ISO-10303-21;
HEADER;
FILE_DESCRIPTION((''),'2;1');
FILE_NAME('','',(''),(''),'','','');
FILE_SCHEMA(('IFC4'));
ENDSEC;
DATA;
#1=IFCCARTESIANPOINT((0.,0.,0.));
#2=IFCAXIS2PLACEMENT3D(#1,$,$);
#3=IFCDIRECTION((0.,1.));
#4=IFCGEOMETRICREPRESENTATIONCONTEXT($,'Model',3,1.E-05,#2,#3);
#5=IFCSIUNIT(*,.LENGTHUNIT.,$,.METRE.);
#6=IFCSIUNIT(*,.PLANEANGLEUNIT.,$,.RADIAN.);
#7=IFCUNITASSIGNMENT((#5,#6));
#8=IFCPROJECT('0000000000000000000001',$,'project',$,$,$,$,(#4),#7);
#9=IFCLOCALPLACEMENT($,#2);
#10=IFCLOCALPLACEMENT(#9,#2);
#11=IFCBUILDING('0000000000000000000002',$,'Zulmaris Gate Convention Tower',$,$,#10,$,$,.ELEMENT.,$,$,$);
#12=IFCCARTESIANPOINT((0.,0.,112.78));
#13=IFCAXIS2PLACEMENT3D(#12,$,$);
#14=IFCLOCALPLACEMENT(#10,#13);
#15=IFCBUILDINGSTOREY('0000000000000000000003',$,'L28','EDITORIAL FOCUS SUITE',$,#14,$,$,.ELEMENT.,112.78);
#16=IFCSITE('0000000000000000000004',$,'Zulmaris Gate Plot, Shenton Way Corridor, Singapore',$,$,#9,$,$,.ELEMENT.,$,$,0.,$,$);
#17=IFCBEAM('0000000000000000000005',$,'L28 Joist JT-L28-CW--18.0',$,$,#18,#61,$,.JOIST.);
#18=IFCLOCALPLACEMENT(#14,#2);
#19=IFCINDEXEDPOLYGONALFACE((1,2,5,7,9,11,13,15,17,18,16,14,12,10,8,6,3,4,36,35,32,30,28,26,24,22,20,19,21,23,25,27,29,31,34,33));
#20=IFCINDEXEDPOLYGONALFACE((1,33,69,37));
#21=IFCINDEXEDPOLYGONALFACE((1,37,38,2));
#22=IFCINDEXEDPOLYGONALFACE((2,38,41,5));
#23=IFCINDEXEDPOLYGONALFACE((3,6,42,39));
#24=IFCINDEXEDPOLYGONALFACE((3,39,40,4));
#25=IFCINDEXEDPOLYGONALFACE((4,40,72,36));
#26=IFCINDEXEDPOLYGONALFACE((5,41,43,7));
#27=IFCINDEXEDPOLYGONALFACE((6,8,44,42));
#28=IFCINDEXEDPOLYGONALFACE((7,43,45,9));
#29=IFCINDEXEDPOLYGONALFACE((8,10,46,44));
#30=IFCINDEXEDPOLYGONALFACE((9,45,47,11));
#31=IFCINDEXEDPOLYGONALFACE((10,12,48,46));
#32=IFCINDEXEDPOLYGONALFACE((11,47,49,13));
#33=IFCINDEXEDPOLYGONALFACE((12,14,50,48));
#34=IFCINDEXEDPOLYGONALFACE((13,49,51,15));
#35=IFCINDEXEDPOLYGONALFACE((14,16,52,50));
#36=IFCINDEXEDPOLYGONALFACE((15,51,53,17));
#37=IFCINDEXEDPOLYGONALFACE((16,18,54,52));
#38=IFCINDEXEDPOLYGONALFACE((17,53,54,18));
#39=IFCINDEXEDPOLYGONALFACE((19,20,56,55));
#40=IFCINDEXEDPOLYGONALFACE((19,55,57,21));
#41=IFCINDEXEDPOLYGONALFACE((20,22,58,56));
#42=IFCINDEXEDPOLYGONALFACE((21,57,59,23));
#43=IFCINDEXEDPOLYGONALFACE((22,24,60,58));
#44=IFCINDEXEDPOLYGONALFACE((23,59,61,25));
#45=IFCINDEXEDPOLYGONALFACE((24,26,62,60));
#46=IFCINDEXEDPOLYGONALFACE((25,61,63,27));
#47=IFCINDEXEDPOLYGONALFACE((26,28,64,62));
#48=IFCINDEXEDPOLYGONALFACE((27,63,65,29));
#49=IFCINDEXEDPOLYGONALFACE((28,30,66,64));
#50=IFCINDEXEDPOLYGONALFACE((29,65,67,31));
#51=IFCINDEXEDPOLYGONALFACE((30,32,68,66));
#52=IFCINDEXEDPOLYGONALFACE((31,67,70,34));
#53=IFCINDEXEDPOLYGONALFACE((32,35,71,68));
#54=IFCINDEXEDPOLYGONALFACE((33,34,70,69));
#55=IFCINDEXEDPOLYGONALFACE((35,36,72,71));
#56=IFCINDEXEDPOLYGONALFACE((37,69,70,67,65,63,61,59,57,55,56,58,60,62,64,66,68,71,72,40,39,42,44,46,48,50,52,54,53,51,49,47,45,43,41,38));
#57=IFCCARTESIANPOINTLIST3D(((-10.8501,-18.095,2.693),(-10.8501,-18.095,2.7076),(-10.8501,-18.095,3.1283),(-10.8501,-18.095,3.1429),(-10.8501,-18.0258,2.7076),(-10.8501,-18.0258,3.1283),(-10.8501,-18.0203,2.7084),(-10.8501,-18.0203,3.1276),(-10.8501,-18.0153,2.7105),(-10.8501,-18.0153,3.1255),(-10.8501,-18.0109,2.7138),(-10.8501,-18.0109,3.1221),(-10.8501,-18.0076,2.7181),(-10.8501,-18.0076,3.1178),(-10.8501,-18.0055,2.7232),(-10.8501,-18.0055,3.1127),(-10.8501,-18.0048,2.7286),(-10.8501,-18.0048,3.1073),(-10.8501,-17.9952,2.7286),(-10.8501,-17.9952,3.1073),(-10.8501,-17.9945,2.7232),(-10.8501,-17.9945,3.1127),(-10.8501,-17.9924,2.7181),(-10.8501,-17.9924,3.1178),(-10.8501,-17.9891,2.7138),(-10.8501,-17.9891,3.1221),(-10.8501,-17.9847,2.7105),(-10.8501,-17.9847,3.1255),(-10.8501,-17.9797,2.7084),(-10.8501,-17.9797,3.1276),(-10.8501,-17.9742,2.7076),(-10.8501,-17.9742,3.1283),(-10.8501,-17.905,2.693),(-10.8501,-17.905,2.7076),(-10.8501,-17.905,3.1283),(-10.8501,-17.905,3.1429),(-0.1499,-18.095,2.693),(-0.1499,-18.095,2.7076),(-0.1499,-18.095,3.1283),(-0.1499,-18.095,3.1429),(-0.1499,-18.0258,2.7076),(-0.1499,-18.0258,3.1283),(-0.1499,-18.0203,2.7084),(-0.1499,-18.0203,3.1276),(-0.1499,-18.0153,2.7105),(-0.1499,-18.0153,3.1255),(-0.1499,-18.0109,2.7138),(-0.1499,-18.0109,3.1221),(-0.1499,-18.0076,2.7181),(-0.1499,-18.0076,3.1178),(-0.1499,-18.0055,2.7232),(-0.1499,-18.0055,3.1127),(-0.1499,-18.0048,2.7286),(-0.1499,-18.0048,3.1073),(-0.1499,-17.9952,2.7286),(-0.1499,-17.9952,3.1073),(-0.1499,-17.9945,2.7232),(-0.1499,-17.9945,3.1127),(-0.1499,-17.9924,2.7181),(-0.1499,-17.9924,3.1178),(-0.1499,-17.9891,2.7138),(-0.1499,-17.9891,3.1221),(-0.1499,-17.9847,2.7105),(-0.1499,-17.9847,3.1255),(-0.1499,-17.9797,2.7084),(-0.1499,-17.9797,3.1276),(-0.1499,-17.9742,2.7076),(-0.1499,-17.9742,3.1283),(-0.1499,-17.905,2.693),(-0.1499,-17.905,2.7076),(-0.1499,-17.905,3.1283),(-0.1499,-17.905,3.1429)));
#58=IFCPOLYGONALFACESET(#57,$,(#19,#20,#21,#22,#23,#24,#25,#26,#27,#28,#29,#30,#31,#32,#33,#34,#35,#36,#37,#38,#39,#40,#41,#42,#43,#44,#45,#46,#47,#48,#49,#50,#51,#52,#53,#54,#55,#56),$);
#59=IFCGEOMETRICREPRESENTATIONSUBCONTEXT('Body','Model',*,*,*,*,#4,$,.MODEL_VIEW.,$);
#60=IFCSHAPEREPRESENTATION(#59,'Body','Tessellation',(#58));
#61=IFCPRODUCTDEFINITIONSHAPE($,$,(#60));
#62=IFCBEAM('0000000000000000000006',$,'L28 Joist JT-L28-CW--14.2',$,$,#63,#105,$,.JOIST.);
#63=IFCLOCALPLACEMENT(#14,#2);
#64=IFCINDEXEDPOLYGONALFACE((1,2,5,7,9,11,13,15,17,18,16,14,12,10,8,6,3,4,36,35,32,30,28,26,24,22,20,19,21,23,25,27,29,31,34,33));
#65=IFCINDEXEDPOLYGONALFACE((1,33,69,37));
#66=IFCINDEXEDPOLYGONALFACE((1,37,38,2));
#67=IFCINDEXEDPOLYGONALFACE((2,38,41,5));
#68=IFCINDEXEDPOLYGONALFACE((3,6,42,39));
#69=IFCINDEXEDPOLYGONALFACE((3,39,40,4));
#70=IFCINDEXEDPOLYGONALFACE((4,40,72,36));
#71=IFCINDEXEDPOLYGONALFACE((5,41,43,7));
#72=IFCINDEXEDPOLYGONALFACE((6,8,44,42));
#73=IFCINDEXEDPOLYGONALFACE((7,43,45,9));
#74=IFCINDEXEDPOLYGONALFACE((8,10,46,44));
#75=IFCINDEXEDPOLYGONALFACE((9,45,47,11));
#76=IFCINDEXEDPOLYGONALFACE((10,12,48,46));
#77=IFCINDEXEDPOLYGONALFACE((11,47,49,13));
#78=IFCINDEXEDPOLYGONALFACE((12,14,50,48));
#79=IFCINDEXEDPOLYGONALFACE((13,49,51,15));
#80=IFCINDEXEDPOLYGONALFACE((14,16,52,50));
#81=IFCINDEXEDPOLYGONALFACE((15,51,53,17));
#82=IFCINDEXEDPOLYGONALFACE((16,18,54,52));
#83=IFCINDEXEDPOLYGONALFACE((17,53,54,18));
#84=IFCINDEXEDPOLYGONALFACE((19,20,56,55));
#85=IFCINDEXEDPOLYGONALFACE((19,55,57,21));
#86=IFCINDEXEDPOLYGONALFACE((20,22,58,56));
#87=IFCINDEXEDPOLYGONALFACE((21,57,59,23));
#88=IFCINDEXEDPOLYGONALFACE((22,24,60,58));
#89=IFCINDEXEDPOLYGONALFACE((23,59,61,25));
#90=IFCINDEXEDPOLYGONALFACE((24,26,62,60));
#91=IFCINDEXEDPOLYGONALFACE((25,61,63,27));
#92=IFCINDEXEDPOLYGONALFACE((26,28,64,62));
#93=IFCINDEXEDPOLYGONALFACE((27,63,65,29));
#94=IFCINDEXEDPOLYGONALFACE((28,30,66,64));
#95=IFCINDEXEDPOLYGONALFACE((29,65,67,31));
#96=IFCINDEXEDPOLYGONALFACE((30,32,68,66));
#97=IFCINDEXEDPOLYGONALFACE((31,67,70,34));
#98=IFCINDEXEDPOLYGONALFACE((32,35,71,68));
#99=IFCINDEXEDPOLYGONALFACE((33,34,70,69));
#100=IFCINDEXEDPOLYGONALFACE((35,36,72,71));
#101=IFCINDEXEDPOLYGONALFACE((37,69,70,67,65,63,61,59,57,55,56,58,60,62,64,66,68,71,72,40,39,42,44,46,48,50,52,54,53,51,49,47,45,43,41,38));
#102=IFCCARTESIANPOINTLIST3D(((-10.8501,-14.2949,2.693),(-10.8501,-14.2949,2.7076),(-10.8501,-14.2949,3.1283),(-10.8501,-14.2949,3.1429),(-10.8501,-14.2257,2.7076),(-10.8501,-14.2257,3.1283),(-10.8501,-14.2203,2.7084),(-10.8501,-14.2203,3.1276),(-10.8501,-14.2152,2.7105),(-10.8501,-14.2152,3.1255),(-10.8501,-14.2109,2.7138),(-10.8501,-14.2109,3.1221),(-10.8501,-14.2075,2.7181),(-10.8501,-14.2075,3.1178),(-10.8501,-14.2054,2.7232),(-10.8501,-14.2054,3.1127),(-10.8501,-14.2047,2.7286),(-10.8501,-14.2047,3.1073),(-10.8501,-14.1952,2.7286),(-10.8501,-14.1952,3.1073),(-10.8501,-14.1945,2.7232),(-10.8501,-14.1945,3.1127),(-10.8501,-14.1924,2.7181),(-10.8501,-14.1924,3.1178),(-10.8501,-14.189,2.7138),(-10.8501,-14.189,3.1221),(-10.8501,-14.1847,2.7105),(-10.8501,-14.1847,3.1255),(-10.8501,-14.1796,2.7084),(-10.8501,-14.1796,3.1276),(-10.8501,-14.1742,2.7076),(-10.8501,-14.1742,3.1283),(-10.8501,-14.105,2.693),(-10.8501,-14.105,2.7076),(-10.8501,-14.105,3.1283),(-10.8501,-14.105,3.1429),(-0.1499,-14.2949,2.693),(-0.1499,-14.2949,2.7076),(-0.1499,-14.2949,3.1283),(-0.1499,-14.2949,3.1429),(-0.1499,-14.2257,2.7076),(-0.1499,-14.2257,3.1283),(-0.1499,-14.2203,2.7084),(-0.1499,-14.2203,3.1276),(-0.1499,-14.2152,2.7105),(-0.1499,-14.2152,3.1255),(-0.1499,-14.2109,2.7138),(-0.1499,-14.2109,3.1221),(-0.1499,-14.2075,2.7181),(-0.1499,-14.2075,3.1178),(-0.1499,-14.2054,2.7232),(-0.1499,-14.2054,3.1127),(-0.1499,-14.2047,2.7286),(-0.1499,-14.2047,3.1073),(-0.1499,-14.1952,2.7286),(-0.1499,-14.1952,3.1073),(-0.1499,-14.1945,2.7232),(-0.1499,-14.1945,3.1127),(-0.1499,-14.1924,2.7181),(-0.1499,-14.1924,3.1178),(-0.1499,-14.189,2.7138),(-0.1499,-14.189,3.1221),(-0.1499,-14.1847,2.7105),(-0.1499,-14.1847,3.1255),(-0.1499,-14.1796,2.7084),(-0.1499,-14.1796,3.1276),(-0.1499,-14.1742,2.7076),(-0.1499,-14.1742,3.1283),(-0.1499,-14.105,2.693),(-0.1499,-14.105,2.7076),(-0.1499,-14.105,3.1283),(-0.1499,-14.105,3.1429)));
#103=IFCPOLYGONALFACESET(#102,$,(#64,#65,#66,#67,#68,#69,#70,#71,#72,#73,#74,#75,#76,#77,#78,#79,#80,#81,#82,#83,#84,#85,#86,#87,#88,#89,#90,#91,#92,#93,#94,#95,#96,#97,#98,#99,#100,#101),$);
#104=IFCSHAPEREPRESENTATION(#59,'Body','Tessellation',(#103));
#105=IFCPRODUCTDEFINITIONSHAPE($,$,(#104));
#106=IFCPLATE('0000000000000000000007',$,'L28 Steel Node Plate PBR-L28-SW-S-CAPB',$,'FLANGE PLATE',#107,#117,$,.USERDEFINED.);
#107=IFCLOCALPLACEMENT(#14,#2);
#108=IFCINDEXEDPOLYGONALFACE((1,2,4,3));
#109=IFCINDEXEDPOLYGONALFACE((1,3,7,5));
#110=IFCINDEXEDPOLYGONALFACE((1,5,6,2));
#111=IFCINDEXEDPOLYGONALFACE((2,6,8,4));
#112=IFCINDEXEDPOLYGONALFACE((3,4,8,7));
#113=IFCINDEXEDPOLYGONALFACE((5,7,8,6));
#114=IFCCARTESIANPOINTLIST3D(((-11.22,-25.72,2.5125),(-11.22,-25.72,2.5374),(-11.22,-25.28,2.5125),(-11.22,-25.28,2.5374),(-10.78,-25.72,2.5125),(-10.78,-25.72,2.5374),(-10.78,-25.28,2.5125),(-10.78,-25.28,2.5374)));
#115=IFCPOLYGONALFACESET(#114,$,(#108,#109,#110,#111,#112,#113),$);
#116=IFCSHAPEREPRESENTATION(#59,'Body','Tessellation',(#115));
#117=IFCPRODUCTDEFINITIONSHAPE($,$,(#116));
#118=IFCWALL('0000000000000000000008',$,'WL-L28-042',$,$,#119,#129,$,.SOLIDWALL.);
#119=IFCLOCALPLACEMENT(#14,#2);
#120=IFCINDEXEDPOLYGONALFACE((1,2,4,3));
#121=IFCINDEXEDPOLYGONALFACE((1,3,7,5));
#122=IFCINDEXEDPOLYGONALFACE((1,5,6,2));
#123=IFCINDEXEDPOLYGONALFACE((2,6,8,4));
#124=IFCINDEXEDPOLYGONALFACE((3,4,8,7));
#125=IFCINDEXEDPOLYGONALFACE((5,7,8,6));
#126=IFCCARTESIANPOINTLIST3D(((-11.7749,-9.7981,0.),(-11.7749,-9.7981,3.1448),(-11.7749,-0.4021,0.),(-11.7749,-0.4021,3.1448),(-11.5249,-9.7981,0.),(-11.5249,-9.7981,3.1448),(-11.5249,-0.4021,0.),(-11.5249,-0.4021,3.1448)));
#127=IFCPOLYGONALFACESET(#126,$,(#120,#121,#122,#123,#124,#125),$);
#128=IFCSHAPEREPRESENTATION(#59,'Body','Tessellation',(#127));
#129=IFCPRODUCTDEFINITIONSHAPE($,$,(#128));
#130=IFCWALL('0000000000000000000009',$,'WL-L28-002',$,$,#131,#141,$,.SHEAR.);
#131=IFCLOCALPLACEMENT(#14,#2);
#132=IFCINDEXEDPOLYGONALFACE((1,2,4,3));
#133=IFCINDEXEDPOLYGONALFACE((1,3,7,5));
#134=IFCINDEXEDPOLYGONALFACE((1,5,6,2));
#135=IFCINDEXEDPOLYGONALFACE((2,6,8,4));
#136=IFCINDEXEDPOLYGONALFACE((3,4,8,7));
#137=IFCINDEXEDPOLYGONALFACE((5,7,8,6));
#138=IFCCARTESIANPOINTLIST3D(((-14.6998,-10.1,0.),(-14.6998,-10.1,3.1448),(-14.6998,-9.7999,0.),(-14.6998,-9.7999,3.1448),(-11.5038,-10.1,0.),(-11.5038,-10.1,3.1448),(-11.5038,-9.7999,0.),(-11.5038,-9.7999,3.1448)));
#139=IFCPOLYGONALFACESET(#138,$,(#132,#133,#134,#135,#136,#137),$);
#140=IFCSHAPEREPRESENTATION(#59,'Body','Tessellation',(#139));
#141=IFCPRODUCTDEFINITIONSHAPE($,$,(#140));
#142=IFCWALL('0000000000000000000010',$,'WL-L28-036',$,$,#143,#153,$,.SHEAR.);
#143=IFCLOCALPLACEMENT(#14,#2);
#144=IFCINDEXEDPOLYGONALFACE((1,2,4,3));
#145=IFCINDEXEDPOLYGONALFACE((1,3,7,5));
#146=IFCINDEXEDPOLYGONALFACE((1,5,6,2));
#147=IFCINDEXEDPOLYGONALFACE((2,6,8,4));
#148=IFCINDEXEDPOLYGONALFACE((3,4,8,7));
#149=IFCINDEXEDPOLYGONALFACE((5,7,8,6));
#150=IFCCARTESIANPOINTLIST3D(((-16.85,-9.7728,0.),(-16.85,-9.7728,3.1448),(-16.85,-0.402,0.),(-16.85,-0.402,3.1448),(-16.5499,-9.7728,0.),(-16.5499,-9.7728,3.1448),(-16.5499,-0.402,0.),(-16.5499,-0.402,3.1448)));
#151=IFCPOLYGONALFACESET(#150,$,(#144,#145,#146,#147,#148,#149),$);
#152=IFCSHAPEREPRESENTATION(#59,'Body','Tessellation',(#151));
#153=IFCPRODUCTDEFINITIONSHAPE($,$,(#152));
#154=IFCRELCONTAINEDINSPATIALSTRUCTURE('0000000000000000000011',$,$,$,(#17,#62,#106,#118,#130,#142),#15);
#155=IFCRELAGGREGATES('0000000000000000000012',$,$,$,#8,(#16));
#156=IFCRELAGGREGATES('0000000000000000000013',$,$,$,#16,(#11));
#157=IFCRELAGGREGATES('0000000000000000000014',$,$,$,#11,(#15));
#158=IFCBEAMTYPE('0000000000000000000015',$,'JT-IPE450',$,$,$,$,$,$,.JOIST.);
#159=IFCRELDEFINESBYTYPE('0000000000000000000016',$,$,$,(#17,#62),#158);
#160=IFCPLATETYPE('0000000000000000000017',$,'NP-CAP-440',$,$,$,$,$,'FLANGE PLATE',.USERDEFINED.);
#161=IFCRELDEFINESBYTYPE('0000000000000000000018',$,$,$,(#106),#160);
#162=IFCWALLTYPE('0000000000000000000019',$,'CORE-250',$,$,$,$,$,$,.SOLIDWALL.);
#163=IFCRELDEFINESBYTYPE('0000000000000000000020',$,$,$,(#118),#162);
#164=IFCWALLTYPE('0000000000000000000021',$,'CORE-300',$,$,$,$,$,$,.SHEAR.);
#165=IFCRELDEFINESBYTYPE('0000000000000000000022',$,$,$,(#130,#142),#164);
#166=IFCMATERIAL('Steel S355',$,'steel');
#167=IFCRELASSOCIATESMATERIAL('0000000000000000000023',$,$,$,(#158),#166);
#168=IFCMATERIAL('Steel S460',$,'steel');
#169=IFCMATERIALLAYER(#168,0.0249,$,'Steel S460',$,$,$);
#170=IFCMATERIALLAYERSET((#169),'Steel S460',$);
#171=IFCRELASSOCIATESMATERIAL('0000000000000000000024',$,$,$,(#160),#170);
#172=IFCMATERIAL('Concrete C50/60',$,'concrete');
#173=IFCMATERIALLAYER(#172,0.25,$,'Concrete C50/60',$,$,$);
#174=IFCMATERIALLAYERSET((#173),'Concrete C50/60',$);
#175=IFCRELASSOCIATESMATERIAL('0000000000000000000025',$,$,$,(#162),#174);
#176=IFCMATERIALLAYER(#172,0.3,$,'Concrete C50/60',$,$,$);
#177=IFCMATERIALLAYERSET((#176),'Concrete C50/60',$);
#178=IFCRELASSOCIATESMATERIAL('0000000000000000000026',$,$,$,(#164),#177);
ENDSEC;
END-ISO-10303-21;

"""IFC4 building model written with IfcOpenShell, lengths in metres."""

from ifc_helpers import new_model, si_unit, direction, frame, frame_2d, origin, origin_2d, place, context, subcontext, project, spatial, rectangle, i_section, extrude, material, layer, layer_set, material_profile, profile_set, type_object, element, save


model = new_model("IFC4")

# Units and contexts
model_context = context("Model", 3, precision=1e-05, world=origin(), true_north=direction((0.0, 1.0)))
body_context = subcontext(model_context, "Body", "Model", "MODEL_VIEW")
ifc_project = project(units=[si_unit("LENGTHUNIT", "METRE"), si_unit("PLANEANGLEUNIT", "RADIAN")], contexts=[model_context])

# Site, building, storey
site_placement = place(None, origin())
site = spatial("IfcSite", under=ifc_project, at=site_placement, Name="Zulmaris Gate Plot, Shenton Way Corridor, Singapore", CompositionType="ELEMENT", RefElevation=0.0)
building_placement = place(site_placement, origin())
building = spatial("IfcBuilding", under=site, at=building_placement, Name="Zulmaris Gate Convention Tower", CompositionType="ELEMENT")
storey_placement = place(building_placement, frame((0.0, 0.0, 112.78)))
storey = spatial("IfcBuildingStorey", under=building, at=storey_placement, Name="L28", Description="EDITORIAL FOCUS SUITE", CompositionType="ELEMENT", Elevation=112.78)

# Beams
ifc_material_1 = material(Name="Steel S355", Category="steel")
ifc_material_profile_1 = material_profile(ifc_material_1, i_section(OverallWidth=0.1899, OverallDepth=0.45, WebThickness=0.0095, FlangeThickness=0.0146, FilletRadius=0.021, at=origin_2d()), Name="IPE 450")
ifc_profile_set_1 = profile_set([ifc_material_profile_1], Name="Steel S355")
beam_type_1 = type_object("IfcBeamType", Name="JT-IPE450", PredefinedType="JOIST", material=ifc_profile_set_1)
for number, where, z_axis, x_axis, name in (
    (1, (-10.8501, -18.0, 2.918), (1.0, 0.0, 0.0), (0.0, 1.0, 0.0), "L28 Joist JT-L28-CW--18.0"),
    (2, (-10.8501, -14.2, 2.918), (1.0, 0.0, 0.0), (0.0, 1.0, 0.0), "L28 Joist JT-L28-CW--14.2"),
):
    element("IfcBeam", number, at=place(storey_placement, frame(where, z_axis=z_axis, x_axis=x_axis)), inside=storey, type_object=beam_type_1, Name=name, PredefinedType="JOIST", context=body_context, shape_type="SweptSolid", body=[
        extrude(i_section(OverallWidth=0.1899, OverallDepth=0.45, WebThickness=0.0095, FlangeThickness=0.0146, FilletRadius=0.021, at=origin_2d()), origin(), (0.0, 0.0, 1.0), 10.7002),
    ])

# Plate
ifc_material_2 = material(Name="Steel S460", Category="steel")
ifc_layer_1 = layer(ifc_material_2, 0.0249, Name="Steel S460")
ifc_layer_set_1 = layer_set([ifc_layer_1], Name="Steel S460")
plate_type = type_object("IfcPlateType", Name="NP-CAP-440", ElementType="FLANGE PLATE", PredefinedType="USERDEFINED", material=ifc_layer_set_1)
plate_placement = place(storey_placement, frame((-11.0, -25.5, 2.5125), z_axis=(0.0, 0.0, 1.0), x_axis=(1.0, 0.0, 0.0)))
element("IfcPlate", 3, at=plate_placement, inside=storey, type_object=plate_type, Name="L28 Steel Node Plate PBR-L28-SW-S-CAPB", ObjectType="FLANGE PLATE", PredefinedType="USERDEFINED", context=body_context, shape_type="SweptSolid", body=[
    extrude(rectangle(XDim=0.4399, YDim=0.4399, at=origin_2d()), origin(), (0.0, 0.0, 1.0), 0.0249),
])

# Walls
ifc_material_3 = material(Name="Concrete C50/60", Category="concrete")
ifc_layer_2 = layer(ifc_material_3, 0.25, Name="Concrete C50/60")
ifc_layer_set_2 = layer_set([ifc_layer_2], Name="Concrete C50/60")
wall_type_1 = type_object("IfcWallType", Name="CORE-250", PredefinedType="SOLIDWALL", material=ifc_layer_set_2)
wall_1_placement = place(storey_placement, frame((-11.6499, -9.7981, 0.0), z_axis=(0.0, 0.0, 1.0), x_axis=(0.0, 1.0, 0.0)))
element("IfcWall", 4, at=wall_1_placement, inside=storey, type_object=wall_type_1, Name="WL-L28-042", PredefinedType="SOLIDWALL", context=body_context, shape_type="SweptSolid", body=[
    extrude(rectangle(XDim=9.396, YDim=0.25, at=frame_2d((4.698, 0.0))), origin(), (0.0, 0.0, 1.0), 3.1448),
])
ifc_layer_3 = layer(ifc_material_3, 0.3, Name="Concrete C50/60")
ifc_layer_set_3 = layer_set([ifc_layer_3], Name="Concrete C50/60")
wall_type_2 = type_object("IfcWallType", Name="CORE-300", PredefinedType="SHEAR", material=ifc_layer_set_3)
wall_2_placement = place(storey_placement, frame((-14.7, -9.95, 0.0), z_axis=(0.0, 0.0, 1.0), x_axis=(1.0, 0.0, 0.0)))
element("IfcWall", 5, at=wall_2_placement, inside=storey, type_object=wall_type_2, Name="WL-L28-002", PredefinedType="SHEAR", context=body_context, shape_type="SweptSolid", body=[
    extrude(rectangle(XDim=3.196, YDim=0.3, at=frame_2d((1.5981, 0.0))), origin(), (0.0, 0.0, 1.0), 3.1448),
])
wall_3_placement = place(storey_placement, frame((-16.7, -9.7729, 0.0), z_axis=(0.0, 0.0, 1.0), x_axis=(0.0, 1.0, 0.0)))
element("IfcWall", 6, at=wall_3_placement, inside=storey, type_object=wall_type_2, Name="WL-L28-036", PredefinedType="SHEAR", context=body_context, shape_type="SweptSolid", body=[
    extrude(rectangle(XDim=9.3708, YDim=0.3, at=frame_2d((4.6855, 0.0))), origin(), (0.0, 0.0, 1.0), 3.1448),
])

save(model, "model.ifc")
